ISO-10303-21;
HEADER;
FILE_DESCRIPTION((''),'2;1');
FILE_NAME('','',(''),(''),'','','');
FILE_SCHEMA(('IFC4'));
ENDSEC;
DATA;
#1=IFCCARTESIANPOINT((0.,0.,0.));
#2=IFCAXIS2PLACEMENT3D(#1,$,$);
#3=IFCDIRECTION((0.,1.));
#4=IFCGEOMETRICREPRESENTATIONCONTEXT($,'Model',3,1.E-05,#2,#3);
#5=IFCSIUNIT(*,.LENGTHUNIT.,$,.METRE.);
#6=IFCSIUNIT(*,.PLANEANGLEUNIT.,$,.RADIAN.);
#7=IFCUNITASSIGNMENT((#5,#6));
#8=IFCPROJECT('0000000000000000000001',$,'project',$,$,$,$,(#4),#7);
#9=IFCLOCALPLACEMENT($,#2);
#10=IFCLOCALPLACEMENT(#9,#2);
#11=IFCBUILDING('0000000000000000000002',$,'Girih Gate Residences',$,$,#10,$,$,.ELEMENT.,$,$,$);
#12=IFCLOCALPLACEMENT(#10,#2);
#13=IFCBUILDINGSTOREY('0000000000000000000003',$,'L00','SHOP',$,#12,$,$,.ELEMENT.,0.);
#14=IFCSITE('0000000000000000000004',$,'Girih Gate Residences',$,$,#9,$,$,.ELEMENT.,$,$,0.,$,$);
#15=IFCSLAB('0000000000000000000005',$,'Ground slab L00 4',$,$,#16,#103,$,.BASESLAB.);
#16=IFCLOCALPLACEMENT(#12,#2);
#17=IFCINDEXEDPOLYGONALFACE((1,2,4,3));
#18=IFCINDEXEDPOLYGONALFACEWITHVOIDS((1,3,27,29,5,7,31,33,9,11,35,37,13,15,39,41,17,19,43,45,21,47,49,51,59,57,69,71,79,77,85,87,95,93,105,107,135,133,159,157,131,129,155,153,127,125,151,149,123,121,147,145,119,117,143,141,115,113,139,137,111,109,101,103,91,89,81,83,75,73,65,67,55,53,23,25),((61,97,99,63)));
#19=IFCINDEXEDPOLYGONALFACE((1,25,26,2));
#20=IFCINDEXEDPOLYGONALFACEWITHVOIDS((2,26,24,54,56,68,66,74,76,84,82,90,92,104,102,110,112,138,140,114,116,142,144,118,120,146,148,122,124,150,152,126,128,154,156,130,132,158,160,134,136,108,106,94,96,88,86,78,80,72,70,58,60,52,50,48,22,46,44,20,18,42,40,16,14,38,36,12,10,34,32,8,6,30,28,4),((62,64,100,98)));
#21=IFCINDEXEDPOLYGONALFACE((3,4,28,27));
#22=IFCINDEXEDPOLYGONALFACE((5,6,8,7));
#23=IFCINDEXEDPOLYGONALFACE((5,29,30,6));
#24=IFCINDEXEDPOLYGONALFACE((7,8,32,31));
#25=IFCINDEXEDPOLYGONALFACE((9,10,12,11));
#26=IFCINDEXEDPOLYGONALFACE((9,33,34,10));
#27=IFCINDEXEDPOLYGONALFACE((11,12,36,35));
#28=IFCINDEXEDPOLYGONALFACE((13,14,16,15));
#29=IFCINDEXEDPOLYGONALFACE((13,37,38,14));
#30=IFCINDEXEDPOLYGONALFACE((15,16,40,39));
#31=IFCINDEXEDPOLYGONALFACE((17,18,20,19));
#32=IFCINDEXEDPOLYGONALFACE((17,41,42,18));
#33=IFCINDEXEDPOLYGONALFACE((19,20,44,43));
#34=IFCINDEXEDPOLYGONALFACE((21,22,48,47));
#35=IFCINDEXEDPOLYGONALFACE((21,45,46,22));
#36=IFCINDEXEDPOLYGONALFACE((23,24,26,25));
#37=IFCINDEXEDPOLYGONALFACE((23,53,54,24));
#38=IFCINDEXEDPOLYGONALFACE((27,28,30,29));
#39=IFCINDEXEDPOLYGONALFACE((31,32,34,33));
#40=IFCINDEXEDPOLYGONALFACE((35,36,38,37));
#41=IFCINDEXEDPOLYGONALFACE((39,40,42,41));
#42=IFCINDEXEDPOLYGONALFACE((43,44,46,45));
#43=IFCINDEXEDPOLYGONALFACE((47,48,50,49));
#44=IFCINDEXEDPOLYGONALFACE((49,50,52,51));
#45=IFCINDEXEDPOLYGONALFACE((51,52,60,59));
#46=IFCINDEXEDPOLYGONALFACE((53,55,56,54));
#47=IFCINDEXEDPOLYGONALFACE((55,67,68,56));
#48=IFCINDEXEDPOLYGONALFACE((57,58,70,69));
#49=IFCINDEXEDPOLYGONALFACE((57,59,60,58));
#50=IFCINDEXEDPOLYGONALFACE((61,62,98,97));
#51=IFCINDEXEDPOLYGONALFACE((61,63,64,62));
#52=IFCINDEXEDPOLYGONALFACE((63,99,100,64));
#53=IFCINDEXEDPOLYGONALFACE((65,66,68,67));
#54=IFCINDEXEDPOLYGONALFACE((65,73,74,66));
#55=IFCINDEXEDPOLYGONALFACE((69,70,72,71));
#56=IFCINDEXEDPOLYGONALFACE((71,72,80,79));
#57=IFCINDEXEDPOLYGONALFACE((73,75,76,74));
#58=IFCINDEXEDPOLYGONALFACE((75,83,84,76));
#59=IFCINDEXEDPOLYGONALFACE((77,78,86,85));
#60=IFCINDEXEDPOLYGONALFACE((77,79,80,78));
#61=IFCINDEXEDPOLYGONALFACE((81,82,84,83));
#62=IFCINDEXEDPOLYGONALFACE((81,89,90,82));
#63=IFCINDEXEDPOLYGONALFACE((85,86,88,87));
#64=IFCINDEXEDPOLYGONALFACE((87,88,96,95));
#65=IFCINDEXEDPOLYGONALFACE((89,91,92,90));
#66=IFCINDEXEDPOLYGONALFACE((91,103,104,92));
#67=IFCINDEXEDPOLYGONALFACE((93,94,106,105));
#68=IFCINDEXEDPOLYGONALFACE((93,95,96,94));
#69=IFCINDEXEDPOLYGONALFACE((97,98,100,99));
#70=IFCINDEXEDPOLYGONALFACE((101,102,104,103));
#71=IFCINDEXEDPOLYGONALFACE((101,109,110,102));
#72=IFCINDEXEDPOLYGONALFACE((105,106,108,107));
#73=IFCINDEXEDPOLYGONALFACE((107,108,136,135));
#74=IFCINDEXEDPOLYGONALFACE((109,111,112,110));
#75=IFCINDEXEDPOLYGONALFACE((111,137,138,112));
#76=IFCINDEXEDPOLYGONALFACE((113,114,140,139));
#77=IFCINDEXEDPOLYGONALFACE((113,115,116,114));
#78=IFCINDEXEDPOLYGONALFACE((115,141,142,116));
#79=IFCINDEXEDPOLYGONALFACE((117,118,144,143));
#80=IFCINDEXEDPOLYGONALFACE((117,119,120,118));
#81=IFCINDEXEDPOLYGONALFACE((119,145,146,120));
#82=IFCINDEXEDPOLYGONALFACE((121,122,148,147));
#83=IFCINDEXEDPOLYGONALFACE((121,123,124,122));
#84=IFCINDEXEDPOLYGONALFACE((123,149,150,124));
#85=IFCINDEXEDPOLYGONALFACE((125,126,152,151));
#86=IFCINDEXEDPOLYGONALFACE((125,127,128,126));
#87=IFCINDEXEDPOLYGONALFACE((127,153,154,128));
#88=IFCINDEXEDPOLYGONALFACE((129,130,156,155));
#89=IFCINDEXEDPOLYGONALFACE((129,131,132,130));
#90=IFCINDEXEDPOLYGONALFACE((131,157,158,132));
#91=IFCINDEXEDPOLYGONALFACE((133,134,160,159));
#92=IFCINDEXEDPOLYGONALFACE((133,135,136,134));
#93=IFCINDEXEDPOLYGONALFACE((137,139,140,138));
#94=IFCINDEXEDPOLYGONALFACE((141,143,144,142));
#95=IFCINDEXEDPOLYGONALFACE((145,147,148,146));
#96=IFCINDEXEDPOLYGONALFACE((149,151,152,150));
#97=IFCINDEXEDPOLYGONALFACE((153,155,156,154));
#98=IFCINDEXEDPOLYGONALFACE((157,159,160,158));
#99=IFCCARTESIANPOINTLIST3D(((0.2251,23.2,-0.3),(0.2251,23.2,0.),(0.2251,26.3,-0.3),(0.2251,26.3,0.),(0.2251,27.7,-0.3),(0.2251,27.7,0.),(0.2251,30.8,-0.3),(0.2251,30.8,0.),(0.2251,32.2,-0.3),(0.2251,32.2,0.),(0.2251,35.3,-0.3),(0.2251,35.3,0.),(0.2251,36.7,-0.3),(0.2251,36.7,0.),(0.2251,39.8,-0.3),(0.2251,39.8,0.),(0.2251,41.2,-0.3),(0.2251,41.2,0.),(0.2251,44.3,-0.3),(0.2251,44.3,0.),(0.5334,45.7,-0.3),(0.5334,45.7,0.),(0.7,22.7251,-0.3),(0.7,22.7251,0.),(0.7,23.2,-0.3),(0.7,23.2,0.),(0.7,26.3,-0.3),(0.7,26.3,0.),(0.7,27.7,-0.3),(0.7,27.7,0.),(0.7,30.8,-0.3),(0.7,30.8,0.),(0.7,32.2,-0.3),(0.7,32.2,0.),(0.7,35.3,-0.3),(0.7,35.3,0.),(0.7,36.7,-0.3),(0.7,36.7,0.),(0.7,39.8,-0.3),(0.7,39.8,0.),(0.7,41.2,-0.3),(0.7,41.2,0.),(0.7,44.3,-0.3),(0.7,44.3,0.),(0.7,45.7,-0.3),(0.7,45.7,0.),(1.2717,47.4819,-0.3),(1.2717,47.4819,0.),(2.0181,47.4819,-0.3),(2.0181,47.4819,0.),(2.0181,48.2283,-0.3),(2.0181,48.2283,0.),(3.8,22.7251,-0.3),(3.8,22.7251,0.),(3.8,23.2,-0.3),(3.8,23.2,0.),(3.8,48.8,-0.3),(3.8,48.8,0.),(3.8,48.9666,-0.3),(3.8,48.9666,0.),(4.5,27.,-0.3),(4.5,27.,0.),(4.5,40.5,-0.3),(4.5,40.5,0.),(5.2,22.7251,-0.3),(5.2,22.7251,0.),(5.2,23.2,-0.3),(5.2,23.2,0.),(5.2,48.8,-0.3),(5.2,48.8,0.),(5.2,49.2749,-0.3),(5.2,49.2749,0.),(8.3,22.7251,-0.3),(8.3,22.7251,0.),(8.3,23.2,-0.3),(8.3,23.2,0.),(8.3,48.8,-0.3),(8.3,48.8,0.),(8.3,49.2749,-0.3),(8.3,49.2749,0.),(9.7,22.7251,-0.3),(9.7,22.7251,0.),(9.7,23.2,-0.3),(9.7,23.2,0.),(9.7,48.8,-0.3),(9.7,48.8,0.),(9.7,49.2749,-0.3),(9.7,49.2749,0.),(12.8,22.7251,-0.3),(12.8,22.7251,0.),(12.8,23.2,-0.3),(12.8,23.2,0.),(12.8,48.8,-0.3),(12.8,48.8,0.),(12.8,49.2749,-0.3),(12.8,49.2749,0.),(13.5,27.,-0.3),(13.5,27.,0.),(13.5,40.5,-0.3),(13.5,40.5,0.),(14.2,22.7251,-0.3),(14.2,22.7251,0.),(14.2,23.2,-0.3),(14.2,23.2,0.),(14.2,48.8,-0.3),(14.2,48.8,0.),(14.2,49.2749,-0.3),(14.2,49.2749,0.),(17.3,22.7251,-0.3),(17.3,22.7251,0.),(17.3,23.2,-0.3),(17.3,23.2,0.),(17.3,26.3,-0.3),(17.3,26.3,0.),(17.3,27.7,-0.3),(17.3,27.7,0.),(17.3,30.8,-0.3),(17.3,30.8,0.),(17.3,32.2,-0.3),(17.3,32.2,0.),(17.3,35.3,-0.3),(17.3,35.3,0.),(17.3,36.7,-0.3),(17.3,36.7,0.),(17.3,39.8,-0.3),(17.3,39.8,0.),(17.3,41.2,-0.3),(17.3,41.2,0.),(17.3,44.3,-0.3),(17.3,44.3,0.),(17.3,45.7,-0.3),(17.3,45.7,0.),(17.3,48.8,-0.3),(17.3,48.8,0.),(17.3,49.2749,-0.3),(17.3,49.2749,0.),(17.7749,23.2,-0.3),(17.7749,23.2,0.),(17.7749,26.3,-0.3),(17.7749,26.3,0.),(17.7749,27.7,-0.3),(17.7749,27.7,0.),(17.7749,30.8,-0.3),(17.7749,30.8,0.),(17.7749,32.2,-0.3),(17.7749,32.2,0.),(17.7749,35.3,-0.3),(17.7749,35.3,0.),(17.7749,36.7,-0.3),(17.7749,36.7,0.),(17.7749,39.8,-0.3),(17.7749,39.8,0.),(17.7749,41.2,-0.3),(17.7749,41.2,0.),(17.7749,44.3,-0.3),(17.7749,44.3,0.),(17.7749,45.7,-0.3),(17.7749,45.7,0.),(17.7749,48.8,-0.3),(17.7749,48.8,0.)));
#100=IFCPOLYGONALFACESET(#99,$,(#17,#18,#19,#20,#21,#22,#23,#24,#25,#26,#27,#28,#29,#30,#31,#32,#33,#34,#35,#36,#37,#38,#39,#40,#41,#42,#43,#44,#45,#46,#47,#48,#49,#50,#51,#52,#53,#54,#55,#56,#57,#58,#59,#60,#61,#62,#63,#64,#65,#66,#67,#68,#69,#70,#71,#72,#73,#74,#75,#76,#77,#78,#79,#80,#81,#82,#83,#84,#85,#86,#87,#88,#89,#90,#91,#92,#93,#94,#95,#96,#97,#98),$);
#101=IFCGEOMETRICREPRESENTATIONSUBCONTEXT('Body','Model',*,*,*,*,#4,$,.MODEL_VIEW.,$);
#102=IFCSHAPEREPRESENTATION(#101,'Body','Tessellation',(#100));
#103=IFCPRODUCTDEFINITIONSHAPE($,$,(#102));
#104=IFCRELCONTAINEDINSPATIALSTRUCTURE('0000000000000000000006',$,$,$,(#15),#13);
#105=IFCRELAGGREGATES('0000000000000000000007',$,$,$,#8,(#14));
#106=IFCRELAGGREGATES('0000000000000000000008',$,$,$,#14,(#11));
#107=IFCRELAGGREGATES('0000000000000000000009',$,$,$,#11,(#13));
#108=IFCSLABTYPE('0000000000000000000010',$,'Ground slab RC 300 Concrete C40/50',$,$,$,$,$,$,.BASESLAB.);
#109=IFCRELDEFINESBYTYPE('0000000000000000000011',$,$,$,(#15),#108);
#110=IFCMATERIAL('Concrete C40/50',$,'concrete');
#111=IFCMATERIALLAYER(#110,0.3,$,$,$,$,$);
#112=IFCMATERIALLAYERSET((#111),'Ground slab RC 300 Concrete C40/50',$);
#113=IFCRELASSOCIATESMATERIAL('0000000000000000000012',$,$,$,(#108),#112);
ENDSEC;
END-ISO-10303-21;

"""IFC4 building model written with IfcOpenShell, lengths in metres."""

from ifc_helpers import new_model, si_unit, direction, frame, origin, place, context, subcontext, project, spatial, polyline, outline, extrude, material, layer, layer_set, type_object, element, save


model = new_model("IFC4")

# Units and contexts
model_context = context("Model", 3, precision=1e-05, world=origin(), true_north=direction((0.0, 1.0)))
body_context = subcontext(model_context, "Body", "Model", "MODEL_VIEW")
ifc_project = project(units=[si_unit("LENGTHUNIT", "METRE"), si_unit("PLANEANGLEUNIT", "RADIAN")], contexts=[model_context])

# Site, building, storey
site_placement = place(None, origin())
site = spatial("IfcSite", under=ifc_project, at=site_placement, Name="Girih Gate Residences", CompositionType="ELEMENT", RefElevation=0.0)
building_placement = place(site_placement, origin())
building = spatial("IfcBuilding", under=site, at=building_placement, Name="Girih Gate Residences", CompositionType="ELEMENT")
storey_placement = place(building_placement, origin())
storey = spatial("IfcBuildingStorey", under=building, at=storey_placement, Name="L00", Description="SHOP", CompositionType="ELEMENT", Elevation=0.0)

# Shared definitions
ifc_material_1 = material(Name="Concrete C40/50", Category="concrete")

# Slab
ifc_layer_1 = layer(ifc_material_1, 0.3)
ifc_layer_set_1 = layer_set([ifc_layer_1], Name="Ground slab RC 300 Concrete C40/50")
slab_type_1 = type_object("IfcSlabType", Name="Ground slab RC 300 Concrete C40/50", PredefinedType="BASESLAB", material=ifc_layer_set_1)
slab_1_placement = place(storey_placement, frame((0.0, 0.0, -0.3)))
element("IfcSlab", 1, at=slab_1_placement, inside=storey, type_object=slab_type_1, Name="Ground slab L00 4", PredefinedType="BASESLAB", context=body_context, shape_type="SweptSolid", body=[
    extrude(outline(polyline([(0.2251, 26.3), (0.2251, 23.2), (0.7, 23.2), (0.7, 22.7251), (3.8, 22.7251), (3.8, 23.2), (5.2, 23.2), (5.2, 22.7251), (8.3, 22.7251), (8.3, 23.2), (9.7, 23.2), (9.7, 22.7251), (12.8, 22.7251), (12.8, 23.2), (14.2, 23.2), (14.2, 22.7251), (17.3, 22.7251), (17.3, 23.2), (17.7749, 23.2), (17.7749, 26.3), (17.3, 26.3), (17.3, 27.7), (17.7749, 27.7), (17.7749, 30.8), (17.3, 30.8), (17.3, 32.2), (17.7749, 32.2), (17.7749, 35.3), (17.3, 35.3), (17.3, 36.7), (17.7749, 36.7), (17.7749, 39.8), (17.3, 39.8), (17.3, 41.2), (17.7749, 41.2), (17.7749, 44.3), (17.3, 44.3), (17.3, 45.7), (17.7749, 45.7), (17.7749, 48.8), (17.3, 48.8), (17.3, 49.2749), (14.2, 49.2749), (14.2, 48.8), (12.8, 48.8), (12.8, 49.2749), (9.7, 49.2749), (9.7, 48.8), (8.3, 48.8), (8.3, 49.2749), (5.2, 49.2749), (5.2, 48.8), (3.8, 48.8), (3.8, 48.9666), (2.0181, 48.2283), (2.0181, 47.4819), (1.2717, 47.4819), (0.5334, 45.7), (0.7, 45.7), (0.7, 44.3), (0.2251, 44.3), (0.2251, 41.2), (0.7, 41.2), (0.7, 39.8), (0.2251, 39.8), (0.2251, 36.7), (0.7, 36.7), (0.7, 35.3), (0.2251, 35.3), (0.2251, 32.2), (0.7, 32.2), (0.7, 30.8), (0.2251, 30.8), (0.2251, 27.7), (0.7, 27.7), (0.7, 26.3), (0.2251, 26.3)]), holes=[polyline([(13.5, 40.5), (13.5, 27.0), (4.5, 27.0), (4.5, 40.5), (13.5, 40.5)])]), origin(), (0.0, 0.0, 1.0), 0.3),
])

save(model, "model.ifc")
